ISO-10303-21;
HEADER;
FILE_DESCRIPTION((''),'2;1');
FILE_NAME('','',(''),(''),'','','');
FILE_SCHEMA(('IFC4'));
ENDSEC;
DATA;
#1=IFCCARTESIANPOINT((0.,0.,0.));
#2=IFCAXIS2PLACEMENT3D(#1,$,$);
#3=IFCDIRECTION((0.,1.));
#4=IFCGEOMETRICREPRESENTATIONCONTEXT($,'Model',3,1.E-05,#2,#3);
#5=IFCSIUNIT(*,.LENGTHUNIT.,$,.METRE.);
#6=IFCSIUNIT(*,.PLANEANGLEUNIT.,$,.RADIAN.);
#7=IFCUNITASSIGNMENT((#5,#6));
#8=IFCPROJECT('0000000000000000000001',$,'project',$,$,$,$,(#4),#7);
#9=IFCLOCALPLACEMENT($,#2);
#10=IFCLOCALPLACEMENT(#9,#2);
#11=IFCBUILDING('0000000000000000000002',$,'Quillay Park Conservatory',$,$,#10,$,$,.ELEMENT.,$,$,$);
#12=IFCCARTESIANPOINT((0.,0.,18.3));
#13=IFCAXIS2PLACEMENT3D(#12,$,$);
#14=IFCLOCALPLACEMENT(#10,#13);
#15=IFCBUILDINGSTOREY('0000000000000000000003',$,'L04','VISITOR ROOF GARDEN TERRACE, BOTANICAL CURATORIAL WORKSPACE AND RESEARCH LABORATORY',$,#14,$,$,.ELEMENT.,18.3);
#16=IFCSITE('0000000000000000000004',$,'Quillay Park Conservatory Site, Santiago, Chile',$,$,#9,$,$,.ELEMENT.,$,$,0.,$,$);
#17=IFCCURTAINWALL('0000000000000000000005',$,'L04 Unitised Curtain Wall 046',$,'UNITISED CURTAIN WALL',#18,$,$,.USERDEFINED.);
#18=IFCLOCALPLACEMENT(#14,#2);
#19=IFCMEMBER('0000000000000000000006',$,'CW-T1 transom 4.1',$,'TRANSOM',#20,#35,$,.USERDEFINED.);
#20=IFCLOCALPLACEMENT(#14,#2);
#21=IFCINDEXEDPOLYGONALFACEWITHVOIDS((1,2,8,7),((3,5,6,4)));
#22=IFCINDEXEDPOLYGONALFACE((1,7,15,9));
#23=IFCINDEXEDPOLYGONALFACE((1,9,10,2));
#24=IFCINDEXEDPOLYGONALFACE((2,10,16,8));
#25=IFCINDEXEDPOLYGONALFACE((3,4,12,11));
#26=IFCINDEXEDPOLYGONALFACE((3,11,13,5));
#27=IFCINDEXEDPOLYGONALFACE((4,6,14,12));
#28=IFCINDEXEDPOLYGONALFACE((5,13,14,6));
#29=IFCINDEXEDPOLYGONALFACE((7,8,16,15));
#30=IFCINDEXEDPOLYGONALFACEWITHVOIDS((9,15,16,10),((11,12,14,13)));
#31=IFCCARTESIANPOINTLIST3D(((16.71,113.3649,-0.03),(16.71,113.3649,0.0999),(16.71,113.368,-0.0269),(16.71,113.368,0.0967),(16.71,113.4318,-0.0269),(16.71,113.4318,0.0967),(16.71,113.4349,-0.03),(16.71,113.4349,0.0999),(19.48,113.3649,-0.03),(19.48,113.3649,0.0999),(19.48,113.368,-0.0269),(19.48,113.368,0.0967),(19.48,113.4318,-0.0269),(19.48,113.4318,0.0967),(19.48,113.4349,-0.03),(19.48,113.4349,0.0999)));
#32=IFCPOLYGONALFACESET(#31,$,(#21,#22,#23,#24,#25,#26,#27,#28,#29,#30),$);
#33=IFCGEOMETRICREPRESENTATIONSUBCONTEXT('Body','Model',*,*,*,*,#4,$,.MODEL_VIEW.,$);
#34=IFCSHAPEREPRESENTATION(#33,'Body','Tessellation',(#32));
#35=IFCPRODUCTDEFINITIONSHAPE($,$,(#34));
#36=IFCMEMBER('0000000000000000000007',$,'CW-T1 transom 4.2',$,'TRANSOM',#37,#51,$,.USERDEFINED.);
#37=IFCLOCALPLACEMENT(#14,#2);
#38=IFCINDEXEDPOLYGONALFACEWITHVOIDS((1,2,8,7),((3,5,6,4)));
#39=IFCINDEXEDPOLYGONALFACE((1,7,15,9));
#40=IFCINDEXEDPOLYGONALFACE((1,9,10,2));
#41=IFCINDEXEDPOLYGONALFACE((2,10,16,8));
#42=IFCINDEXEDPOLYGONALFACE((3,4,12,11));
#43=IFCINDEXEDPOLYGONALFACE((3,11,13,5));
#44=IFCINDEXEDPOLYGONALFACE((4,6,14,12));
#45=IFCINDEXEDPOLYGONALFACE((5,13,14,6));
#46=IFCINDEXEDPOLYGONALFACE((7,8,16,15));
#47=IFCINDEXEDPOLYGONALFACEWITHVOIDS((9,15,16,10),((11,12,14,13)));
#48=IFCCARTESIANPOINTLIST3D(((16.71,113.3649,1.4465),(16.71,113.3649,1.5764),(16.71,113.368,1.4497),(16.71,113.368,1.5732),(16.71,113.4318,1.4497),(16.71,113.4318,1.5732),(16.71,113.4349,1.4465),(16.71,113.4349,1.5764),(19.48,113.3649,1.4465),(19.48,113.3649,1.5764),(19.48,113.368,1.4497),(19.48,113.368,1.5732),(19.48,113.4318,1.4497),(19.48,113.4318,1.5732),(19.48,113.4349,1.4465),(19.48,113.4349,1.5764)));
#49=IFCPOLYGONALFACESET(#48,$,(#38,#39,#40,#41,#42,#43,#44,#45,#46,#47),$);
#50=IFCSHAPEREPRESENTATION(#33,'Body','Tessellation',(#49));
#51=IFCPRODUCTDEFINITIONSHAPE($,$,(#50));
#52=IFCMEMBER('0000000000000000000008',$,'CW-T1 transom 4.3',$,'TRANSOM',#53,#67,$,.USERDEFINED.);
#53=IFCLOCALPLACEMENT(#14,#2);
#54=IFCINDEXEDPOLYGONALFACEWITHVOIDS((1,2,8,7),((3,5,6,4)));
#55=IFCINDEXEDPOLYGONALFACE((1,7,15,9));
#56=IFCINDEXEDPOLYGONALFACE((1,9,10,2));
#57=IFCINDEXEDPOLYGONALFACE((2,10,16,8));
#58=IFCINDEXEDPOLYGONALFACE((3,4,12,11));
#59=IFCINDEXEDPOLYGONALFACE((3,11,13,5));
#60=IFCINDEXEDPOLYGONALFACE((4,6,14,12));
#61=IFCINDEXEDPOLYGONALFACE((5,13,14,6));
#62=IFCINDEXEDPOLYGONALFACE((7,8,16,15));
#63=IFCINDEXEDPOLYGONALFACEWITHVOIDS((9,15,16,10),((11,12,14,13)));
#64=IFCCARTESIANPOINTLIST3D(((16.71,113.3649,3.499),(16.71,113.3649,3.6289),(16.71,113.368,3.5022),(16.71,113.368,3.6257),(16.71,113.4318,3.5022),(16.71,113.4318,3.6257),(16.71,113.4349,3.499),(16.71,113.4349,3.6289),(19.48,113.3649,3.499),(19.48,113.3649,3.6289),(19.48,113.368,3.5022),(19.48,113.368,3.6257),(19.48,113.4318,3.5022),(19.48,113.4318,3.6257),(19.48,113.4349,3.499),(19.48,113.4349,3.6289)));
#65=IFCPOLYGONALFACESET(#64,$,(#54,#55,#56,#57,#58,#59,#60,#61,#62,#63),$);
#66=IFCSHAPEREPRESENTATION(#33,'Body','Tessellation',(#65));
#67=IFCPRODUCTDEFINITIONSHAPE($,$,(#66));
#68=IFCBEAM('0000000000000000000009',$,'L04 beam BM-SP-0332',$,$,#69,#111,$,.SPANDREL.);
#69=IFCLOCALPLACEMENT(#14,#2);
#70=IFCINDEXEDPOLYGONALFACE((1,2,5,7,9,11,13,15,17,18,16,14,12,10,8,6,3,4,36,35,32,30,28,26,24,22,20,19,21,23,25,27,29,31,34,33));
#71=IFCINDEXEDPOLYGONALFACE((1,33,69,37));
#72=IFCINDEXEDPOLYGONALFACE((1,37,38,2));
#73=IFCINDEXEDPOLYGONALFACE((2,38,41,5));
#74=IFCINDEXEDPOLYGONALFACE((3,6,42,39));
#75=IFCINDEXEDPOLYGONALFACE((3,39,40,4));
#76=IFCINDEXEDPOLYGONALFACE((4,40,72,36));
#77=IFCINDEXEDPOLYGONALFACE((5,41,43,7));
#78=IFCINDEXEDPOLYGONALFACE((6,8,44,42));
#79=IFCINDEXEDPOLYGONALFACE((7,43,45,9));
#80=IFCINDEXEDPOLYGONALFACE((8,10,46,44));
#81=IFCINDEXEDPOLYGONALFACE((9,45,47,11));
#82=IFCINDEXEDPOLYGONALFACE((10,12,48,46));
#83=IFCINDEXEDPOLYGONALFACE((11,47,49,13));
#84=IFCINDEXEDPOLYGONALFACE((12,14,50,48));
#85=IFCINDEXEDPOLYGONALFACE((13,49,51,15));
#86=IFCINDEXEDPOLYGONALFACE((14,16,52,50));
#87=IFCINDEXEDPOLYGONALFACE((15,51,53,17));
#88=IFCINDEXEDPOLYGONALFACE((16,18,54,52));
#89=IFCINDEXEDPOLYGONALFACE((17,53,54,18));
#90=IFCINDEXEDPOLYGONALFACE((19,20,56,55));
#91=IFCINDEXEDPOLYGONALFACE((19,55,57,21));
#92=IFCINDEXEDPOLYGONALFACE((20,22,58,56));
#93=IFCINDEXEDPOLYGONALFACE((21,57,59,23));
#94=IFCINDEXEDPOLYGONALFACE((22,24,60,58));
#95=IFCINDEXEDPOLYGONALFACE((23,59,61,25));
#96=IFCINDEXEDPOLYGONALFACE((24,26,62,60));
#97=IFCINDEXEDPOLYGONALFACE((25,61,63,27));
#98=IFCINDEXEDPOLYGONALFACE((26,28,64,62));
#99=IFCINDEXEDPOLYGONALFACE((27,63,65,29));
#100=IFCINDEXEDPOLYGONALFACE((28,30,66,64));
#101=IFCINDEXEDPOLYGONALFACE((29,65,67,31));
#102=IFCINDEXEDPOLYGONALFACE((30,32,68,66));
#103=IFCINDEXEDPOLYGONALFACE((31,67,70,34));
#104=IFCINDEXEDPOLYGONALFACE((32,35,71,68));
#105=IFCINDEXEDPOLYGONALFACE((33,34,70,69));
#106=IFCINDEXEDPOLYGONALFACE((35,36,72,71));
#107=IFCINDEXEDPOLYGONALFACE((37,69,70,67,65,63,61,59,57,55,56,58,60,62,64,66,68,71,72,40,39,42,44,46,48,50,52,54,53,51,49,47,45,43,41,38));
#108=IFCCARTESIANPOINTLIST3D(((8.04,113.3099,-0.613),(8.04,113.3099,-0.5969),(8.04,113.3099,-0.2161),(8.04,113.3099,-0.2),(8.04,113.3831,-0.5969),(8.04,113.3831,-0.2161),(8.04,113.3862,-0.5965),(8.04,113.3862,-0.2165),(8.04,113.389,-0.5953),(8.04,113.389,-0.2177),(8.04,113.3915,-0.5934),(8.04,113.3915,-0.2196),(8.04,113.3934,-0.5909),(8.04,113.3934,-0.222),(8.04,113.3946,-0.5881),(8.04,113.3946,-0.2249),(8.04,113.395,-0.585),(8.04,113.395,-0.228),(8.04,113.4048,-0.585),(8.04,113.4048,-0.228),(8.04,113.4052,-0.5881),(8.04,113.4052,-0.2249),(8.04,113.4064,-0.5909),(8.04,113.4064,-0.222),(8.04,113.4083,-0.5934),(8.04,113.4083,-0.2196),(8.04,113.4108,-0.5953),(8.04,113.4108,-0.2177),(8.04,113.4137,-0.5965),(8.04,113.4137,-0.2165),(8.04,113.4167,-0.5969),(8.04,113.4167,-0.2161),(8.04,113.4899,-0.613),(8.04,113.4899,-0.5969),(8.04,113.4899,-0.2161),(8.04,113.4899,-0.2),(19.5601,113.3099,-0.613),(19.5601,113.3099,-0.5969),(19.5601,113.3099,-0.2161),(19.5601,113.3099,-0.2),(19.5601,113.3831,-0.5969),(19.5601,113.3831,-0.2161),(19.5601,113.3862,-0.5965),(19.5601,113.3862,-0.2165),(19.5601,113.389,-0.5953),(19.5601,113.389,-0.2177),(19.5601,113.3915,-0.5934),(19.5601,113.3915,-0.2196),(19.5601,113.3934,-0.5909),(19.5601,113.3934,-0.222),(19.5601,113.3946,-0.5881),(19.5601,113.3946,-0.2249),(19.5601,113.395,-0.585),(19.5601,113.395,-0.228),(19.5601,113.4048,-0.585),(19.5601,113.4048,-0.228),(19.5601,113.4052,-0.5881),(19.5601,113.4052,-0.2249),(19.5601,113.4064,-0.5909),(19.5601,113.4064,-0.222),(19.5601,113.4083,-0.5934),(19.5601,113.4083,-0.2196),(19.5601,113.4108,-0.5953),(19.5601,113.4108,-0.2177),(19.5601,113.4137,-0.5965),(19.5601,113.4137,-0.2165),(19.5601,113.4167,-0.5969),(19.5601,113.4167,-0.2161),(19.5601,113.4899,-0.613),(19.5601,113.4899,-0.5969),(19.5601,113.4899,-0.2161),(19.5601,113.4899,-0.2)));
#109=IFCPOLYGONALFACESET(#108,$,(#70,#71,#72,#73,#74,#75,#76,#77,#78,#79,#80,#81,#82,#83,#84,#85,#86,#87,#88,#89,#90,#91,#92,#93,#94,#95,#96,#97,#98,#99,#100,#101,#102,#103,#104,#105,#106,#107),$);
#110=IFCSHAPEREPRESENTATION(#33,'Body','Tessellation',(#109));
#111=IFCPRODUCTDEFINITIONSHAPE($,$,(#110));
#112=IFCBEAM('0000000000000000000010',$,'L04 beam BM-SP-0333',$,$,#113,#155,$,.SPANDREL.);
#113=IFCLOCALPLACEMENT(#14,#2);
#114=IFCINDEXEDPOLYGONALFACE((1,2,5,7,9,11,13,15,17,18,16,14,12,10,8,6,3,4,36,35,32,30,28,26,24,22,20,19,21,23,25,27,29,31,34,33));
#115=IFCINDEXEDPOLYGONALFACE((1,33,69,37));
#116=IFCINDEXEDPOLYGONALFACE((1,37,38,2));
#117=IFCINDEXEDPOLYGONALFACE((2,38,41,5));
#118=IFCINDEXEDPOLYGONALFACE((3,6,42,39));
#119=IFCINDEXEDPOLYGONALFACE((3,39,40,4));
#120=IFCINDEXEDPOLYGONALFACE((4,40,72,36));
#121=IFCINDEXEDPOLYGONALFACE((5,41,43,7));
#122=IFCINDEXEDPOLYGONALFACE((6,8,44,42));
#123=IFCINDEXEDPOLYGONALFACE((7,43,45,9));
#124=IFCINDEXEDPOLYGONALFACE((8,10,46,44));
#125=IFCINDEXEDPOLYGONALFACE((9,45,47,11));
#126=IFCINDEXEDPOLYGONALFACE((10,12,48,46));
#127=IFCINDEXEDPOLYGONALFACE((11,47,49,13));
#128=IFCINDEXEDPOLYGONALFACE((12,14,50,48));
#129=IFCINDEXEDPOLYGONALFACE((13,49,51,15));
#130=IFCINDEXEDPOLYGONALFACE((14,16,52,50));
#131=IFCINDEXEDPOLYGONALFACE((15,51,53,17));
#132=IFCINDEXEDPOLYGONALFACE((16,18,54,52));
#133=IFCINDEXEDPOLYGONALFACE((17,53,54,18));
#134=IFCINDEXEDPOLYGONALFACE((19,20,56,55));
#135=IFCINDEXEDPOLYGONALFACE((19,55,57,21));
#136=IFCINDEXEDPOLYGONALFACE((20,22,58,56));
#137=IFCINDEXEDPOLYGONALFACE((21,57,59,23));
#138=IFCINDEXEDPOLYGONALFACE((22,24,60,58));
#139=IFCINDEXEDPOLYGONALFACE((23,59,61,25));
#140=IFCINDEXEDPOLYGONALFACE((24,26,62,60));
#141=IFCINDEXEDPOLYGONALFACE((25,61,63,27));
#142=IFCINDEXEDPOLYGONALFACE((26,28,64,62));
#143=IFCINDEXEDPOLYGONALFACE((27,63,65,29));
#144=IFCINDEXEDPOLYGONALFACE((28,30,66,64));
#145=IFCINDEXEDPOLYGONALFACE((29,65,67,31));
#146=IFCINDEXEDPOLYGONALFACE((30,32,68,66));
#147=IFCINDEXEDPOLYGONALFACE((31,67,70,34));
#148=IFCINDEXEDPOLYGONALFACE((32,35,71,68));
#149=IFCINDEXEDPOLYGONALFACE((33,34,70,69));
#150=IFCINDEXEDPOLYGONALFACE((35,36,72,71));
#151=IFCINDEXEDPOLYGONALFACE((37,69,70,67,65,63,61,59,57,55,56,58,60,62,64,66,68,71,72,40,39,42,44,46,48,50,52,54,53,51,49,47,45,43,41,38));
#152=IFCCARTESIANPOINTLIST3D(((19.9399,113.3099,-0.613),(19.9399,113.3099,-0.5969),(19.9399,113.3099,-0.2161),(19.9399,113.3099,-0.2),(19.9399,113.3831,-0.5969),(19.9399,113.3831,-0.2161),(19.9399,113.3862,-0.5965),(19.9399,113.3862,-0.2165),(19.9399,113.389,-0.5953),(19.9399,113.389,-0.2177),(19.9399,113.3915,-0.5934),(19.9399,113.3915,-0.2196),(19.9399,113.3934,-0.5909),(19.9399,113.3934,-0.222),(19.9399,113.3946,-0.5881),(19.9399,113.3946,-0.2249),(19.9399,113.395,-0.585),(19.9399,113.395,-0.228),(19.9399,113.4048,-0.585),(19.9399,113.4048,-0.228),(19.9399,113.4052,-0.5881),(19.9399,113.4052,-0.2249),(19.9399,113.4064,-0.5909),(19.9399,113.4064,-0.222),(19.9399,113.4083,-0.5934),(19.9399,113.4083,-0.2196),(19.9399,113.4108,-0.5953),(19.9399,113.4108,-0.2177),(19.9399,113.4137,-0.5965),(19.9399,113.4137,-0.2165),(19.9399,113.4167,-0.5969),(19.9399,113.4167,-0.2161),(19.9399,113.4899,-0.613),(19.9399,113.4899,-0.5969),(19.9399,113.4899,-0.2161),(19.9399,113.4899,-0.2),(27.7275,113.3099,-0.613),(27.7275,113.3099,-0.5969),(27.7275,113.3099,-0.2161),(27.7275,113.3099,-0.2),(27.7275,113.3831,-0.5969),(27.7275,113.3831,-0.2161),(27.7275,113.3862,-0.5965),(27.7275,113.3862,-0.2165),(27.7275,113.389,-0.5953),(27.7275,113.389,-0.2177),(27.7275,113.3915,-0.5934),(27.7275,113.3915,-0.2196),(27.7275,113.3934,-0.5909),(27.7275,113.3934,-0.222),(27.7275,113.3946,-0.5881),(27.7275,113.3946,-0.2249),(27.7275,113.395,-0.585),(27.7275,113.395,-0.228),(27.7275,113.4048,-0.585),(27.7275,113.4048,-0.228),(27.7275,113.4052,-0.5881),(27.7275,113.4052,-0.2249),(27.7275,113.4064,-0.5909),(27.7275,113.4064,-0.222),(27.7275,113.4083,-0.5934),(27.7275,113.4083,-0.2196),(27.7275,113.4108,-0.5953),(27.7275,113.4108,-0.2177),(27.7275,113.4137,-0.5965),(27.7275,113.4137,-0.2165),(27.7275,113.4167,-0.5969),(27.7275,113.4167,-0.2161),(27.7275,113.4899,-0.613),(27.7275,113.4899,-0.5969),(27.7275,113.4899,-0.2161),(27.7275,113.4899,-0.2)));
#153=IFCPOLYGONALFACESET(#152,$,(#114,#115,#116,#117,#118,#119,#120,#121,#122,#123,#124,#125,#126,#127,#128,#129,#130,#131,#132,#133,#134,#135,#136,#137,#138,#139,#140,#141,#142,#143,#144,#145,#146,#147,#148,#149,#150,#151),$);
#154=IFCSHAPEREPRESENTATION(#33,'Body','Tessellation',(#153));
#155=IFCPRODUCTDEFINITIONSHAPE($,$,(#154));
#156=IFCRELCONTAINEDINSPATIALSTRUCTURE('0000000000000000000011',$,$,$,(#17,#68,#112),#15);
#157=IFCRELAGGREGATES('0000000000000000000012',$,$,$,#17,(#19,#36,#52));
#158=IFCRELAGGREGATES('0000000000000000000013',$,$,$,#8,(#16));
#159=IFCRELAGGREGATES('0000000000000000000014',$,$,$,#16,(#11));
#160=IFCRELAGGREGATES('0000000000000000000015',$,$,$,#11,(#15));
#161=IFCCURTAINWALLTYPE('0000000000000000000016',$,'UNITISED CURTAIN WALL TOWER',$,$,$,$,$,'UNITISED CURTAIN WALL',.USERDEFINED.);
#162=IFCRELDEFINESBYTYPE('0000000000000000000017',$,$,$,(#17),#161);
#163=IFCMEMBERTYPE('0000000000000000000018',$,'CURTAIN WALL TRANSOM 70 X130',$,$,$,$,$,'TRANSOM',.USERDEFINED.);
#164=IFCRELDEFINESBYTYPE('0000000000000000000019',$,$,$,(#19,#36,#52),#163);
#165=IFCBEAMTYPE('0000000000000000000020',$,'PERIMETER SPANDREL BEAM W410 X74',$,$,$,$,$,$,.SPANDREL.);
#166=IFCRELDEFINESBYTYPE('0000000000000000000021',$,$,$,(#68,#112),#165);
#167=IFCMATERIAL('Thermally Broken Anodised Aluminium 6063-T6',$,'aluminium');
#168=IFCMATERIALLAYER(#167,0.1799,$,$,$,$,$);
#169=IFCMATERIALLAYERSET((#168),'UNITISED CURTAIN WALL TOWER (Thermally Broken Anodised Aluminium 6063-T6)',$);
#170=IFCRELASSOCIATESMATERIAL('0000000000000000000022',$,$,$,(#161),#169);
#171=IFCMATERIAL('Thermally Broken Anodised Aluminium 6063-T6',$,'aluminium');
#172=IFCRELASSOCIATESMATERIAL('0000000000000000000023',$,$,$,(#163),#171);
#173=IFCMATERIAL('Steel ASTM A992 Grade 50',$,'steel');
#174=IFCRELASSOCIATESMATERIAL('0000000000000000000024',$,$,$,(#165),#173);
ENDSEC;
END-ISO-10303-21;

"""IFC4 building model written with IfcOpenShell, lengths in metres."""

from ifc_helpers import new_model, si_unit, direction, frame, origin, origin_2d, place, context, subcontext, project, spatial, hollow_rectangle, i_section, extrude, material, layer, layer_set, material_profile, profile_set, type_object, element, aggregate, save


model = new_model("IFC4")

# Units and contexts
model_context = context("Model", 3, precision=1e-05, world=origin(), true_north=direction((0.0, 1.0)))
body_context = subcontext(model_context, "Body", "Model", "MODEL_VIEW")
ifc_project = project(units=[si_unit("LENGTHUNIT", "METRE"), si_unit("PLANEANGLEUNIT", "RADIAN")], contexts=[model_context])

# Site, building, storey
site_placement = place(None, origin())
site = spatial("IfcSite", under=ifc_project, at=site_placement, Name="Quillay Park Conservatory Site, Santiago, Chile", CompositionType="ELEMENT", RefElevation=0.0)
building_placement = place(site_placement, origin())
building = spatial("IfcBuilding", under=site, at=building_placement, Name="Quillay Park Conservatory", CompositionType="ELEMENT")
storey_placement = place(building_placement, frame((0.0, 0.0, 18.3)))
storey = spatial("IfcBuildingStorey", under=building, at=storey_placement, Name="L04", Description="VISITOR ROOF GARDEN TERRACE, BOTANICAL CURATORIAL WORKSPACE AND RESEARCH LABORATORY", CompositionType="ELEMENT", Elevation=18.3)

# Curtain wall, members
ifc_material_1 = material(Name="Thermally Broken Anodised Aluminium 6063-T6", Category="aluminium")
ifc_layer_1 = layer(ifc_material_1, 0.1799)
ifc_layer_set_1 = layer_set([ifc_layer_1], Name="UNITISED CURTAIN WALL TOWER (Thermally Broken Anodised Aluminium 6063-T6)")
curtain_wall_type = type_object("IfcCurtainWallType", Name="UNITISED CURTAIN WALL TOWER", ElementType="UNITISED CURTAIN WALL", PredefinedType="USERDEFINED", material=ifc_layer_set_1)
curtain_wall_placement = place(storey_placement, origin())
curtain_wall = element("IfcCurtainWall", 1, at=curtain_wall_placement, inside=storey, type_object=curtain_wall_type, Name="L04 Unitised Curtain Wall 046", ObjectType="UNITISED CURTAIN WALL", PredefinedType="USERDEFINED")
ifc_material_2 = material(Name="Thermally Broken Anodised Aluminium 6063-T6", Category="aluminium")
ifc_material_profile_1 = material_profile(ifc_material_2, hollow_rectangle(XDim=0.0701, YDim=0.1299, WallThickness=0.0032, at=origin_2d()), Name="AL70x130x3.2")
ifc_profile_set_1 = profile_set([ifc_material_profile_1], Name="Thermally Broken Anodised Aluminium 6063-T6")
member_type_1 = type_object("IfcMemberType", Name="CURTAIN WALL TRANSOM 70 X130", ElementType="TRANSOM", PredefinedType="USERDEFINED", material=ifc_profile_set_1)
member_1_placement = place(storey_placement, frame((16.71, 113.3999, 0.0349), z_axis=(1.0, 0.0, 0.0), x_axis=(0.0, 1.0, 0.0)))
member_1 = element("IfcMember", 2, at=member_1_placement, type_object=member_type_1, Name="CW-T1 transom 4.1", ObjectType="TRANSOM", PredefinedType="USERDEFINED", context=body_context, shape_type="SweptSolid", body=[
    extrude(hollow_rectangle(XDim=0.0701, YDim=0.1299, WallThickness=0.0032, at=origin_2d()), origin(), (0.0, 0.0, 1.0), 2.77),
])
member_2_placement = place(storey_placement, frame((16.71, 113.3999, 1.5115), z_axis=(1.0, 0.0, 0.0), x_axis=(0.0, 1.0, 0.0)))
member_2 = element("IfcMember", 3, at=member_2_placement, type_object=member_type_1, Name="CW-T1 transom 4.2", ObjectType="TRANSOM", PredefinedType="USERDEFINED", context=body_context, shape_type="SweptSolid", body=[
    extrude(hollow_rectangle(XDim=0.0701, YDim=0.1299, WallThickness=0.0032, at=origin_2d()), origin(), (0.0, 0.0, 1.0), 2.77),
])
member_3_placement = place(storey_placement, frame((16.71, 113.3999, 3.564), z_axis=(1.0, 0.0, 0.0), x_axis=(0.0, 1.0, 0.0)))
member_3 = element("IfcMember", 4, at=member_3_placement, type_object=member_type_1, Name="CW-T1 transom 4.3", ObjectType="TRANSOM", PredefinedType="USERDEFINED", context=body_context, shape_type="SweptSolid", body=[
    extrude(hollow_rectangle(XDim=0.0701, YDim=0.1299, WallThickness=0.0032, at=origin_2d()), origin(), (0.0, 0.0, 1.0), 2.77),
])

# Beams
ifc_material_3 = material(Name="Steel ASTM A992 Grade 50", Category="steel")
ifc_material_profile_2 = material_profile(ifc_material_3, i_section(OverallWidth=0.1799, OverallDepth=0.4131, WebThickness=0.0098, FlangeThickness=0.0161, FilletRadius=0.012, at=origin_2d()), Name="W410x74")
ifc_profile_set_2 = profile_set([ifc_material_profile_2], Name="Steel ASTM A992 Grade 50")
beam_type_1 = type_object("IfcBeamType", Name="PERIMETER SPANDREL BEAM W410 X74", PredefinedType="SPANDREL", material=ifc_profile_set_2)
beam_1_placement = place(storey_placement, frame((8.04, 113.3999, -0.4065), z_axis=(1.0, 0.0, 0.0), x_axis=(0.0, 1.0, 0.0)))
element("IfcBeam", 5, at=beam_1_placement, inside=storey, type_object=beam_type_1, Name="L04 beam BM-SP-0332", PredefinedType="SPANDREL", context=body_context, shape_type="SweptSolid", body=[
    extrude(i_section(OverallWidth=0.1799, OverallDepth=0.4131, WebThickness=0.0098, FlangeThickness=0.0161, FilletRadius=0.012, at=origin_2d()), origin(), (0.0, 0.0, 1.0), 11.52),
])
beam_2_placement = place(storey_placement, frame((19.9399, 113.3999, -0.4065), z_axis=(1.0, 0.0, 0.0), x_axis=(0.0, 1.0, 0.0)))
element("IfcBeam", 6, at=beam_2_placement, inside=storey, type_object=beam_type_1, Name="L04 beam BM-SP-0333", PredefinedType="SPANDREL", context=body_context, shape_type="SweptSolid", body=[
    extrude(i_section(OverallWidth=0.1799, OverallDepth=0.4131, WebThickness=0.0098, FlangeThickness=0.0161, FilletRadius=0.012, at=origin_2d()), origin(), (0.0, 0.0, 1.0), 7.7876),
])

aggregate(curtain_wall, [member_1, member_2, member_3])

save(model, "model.ifc")
